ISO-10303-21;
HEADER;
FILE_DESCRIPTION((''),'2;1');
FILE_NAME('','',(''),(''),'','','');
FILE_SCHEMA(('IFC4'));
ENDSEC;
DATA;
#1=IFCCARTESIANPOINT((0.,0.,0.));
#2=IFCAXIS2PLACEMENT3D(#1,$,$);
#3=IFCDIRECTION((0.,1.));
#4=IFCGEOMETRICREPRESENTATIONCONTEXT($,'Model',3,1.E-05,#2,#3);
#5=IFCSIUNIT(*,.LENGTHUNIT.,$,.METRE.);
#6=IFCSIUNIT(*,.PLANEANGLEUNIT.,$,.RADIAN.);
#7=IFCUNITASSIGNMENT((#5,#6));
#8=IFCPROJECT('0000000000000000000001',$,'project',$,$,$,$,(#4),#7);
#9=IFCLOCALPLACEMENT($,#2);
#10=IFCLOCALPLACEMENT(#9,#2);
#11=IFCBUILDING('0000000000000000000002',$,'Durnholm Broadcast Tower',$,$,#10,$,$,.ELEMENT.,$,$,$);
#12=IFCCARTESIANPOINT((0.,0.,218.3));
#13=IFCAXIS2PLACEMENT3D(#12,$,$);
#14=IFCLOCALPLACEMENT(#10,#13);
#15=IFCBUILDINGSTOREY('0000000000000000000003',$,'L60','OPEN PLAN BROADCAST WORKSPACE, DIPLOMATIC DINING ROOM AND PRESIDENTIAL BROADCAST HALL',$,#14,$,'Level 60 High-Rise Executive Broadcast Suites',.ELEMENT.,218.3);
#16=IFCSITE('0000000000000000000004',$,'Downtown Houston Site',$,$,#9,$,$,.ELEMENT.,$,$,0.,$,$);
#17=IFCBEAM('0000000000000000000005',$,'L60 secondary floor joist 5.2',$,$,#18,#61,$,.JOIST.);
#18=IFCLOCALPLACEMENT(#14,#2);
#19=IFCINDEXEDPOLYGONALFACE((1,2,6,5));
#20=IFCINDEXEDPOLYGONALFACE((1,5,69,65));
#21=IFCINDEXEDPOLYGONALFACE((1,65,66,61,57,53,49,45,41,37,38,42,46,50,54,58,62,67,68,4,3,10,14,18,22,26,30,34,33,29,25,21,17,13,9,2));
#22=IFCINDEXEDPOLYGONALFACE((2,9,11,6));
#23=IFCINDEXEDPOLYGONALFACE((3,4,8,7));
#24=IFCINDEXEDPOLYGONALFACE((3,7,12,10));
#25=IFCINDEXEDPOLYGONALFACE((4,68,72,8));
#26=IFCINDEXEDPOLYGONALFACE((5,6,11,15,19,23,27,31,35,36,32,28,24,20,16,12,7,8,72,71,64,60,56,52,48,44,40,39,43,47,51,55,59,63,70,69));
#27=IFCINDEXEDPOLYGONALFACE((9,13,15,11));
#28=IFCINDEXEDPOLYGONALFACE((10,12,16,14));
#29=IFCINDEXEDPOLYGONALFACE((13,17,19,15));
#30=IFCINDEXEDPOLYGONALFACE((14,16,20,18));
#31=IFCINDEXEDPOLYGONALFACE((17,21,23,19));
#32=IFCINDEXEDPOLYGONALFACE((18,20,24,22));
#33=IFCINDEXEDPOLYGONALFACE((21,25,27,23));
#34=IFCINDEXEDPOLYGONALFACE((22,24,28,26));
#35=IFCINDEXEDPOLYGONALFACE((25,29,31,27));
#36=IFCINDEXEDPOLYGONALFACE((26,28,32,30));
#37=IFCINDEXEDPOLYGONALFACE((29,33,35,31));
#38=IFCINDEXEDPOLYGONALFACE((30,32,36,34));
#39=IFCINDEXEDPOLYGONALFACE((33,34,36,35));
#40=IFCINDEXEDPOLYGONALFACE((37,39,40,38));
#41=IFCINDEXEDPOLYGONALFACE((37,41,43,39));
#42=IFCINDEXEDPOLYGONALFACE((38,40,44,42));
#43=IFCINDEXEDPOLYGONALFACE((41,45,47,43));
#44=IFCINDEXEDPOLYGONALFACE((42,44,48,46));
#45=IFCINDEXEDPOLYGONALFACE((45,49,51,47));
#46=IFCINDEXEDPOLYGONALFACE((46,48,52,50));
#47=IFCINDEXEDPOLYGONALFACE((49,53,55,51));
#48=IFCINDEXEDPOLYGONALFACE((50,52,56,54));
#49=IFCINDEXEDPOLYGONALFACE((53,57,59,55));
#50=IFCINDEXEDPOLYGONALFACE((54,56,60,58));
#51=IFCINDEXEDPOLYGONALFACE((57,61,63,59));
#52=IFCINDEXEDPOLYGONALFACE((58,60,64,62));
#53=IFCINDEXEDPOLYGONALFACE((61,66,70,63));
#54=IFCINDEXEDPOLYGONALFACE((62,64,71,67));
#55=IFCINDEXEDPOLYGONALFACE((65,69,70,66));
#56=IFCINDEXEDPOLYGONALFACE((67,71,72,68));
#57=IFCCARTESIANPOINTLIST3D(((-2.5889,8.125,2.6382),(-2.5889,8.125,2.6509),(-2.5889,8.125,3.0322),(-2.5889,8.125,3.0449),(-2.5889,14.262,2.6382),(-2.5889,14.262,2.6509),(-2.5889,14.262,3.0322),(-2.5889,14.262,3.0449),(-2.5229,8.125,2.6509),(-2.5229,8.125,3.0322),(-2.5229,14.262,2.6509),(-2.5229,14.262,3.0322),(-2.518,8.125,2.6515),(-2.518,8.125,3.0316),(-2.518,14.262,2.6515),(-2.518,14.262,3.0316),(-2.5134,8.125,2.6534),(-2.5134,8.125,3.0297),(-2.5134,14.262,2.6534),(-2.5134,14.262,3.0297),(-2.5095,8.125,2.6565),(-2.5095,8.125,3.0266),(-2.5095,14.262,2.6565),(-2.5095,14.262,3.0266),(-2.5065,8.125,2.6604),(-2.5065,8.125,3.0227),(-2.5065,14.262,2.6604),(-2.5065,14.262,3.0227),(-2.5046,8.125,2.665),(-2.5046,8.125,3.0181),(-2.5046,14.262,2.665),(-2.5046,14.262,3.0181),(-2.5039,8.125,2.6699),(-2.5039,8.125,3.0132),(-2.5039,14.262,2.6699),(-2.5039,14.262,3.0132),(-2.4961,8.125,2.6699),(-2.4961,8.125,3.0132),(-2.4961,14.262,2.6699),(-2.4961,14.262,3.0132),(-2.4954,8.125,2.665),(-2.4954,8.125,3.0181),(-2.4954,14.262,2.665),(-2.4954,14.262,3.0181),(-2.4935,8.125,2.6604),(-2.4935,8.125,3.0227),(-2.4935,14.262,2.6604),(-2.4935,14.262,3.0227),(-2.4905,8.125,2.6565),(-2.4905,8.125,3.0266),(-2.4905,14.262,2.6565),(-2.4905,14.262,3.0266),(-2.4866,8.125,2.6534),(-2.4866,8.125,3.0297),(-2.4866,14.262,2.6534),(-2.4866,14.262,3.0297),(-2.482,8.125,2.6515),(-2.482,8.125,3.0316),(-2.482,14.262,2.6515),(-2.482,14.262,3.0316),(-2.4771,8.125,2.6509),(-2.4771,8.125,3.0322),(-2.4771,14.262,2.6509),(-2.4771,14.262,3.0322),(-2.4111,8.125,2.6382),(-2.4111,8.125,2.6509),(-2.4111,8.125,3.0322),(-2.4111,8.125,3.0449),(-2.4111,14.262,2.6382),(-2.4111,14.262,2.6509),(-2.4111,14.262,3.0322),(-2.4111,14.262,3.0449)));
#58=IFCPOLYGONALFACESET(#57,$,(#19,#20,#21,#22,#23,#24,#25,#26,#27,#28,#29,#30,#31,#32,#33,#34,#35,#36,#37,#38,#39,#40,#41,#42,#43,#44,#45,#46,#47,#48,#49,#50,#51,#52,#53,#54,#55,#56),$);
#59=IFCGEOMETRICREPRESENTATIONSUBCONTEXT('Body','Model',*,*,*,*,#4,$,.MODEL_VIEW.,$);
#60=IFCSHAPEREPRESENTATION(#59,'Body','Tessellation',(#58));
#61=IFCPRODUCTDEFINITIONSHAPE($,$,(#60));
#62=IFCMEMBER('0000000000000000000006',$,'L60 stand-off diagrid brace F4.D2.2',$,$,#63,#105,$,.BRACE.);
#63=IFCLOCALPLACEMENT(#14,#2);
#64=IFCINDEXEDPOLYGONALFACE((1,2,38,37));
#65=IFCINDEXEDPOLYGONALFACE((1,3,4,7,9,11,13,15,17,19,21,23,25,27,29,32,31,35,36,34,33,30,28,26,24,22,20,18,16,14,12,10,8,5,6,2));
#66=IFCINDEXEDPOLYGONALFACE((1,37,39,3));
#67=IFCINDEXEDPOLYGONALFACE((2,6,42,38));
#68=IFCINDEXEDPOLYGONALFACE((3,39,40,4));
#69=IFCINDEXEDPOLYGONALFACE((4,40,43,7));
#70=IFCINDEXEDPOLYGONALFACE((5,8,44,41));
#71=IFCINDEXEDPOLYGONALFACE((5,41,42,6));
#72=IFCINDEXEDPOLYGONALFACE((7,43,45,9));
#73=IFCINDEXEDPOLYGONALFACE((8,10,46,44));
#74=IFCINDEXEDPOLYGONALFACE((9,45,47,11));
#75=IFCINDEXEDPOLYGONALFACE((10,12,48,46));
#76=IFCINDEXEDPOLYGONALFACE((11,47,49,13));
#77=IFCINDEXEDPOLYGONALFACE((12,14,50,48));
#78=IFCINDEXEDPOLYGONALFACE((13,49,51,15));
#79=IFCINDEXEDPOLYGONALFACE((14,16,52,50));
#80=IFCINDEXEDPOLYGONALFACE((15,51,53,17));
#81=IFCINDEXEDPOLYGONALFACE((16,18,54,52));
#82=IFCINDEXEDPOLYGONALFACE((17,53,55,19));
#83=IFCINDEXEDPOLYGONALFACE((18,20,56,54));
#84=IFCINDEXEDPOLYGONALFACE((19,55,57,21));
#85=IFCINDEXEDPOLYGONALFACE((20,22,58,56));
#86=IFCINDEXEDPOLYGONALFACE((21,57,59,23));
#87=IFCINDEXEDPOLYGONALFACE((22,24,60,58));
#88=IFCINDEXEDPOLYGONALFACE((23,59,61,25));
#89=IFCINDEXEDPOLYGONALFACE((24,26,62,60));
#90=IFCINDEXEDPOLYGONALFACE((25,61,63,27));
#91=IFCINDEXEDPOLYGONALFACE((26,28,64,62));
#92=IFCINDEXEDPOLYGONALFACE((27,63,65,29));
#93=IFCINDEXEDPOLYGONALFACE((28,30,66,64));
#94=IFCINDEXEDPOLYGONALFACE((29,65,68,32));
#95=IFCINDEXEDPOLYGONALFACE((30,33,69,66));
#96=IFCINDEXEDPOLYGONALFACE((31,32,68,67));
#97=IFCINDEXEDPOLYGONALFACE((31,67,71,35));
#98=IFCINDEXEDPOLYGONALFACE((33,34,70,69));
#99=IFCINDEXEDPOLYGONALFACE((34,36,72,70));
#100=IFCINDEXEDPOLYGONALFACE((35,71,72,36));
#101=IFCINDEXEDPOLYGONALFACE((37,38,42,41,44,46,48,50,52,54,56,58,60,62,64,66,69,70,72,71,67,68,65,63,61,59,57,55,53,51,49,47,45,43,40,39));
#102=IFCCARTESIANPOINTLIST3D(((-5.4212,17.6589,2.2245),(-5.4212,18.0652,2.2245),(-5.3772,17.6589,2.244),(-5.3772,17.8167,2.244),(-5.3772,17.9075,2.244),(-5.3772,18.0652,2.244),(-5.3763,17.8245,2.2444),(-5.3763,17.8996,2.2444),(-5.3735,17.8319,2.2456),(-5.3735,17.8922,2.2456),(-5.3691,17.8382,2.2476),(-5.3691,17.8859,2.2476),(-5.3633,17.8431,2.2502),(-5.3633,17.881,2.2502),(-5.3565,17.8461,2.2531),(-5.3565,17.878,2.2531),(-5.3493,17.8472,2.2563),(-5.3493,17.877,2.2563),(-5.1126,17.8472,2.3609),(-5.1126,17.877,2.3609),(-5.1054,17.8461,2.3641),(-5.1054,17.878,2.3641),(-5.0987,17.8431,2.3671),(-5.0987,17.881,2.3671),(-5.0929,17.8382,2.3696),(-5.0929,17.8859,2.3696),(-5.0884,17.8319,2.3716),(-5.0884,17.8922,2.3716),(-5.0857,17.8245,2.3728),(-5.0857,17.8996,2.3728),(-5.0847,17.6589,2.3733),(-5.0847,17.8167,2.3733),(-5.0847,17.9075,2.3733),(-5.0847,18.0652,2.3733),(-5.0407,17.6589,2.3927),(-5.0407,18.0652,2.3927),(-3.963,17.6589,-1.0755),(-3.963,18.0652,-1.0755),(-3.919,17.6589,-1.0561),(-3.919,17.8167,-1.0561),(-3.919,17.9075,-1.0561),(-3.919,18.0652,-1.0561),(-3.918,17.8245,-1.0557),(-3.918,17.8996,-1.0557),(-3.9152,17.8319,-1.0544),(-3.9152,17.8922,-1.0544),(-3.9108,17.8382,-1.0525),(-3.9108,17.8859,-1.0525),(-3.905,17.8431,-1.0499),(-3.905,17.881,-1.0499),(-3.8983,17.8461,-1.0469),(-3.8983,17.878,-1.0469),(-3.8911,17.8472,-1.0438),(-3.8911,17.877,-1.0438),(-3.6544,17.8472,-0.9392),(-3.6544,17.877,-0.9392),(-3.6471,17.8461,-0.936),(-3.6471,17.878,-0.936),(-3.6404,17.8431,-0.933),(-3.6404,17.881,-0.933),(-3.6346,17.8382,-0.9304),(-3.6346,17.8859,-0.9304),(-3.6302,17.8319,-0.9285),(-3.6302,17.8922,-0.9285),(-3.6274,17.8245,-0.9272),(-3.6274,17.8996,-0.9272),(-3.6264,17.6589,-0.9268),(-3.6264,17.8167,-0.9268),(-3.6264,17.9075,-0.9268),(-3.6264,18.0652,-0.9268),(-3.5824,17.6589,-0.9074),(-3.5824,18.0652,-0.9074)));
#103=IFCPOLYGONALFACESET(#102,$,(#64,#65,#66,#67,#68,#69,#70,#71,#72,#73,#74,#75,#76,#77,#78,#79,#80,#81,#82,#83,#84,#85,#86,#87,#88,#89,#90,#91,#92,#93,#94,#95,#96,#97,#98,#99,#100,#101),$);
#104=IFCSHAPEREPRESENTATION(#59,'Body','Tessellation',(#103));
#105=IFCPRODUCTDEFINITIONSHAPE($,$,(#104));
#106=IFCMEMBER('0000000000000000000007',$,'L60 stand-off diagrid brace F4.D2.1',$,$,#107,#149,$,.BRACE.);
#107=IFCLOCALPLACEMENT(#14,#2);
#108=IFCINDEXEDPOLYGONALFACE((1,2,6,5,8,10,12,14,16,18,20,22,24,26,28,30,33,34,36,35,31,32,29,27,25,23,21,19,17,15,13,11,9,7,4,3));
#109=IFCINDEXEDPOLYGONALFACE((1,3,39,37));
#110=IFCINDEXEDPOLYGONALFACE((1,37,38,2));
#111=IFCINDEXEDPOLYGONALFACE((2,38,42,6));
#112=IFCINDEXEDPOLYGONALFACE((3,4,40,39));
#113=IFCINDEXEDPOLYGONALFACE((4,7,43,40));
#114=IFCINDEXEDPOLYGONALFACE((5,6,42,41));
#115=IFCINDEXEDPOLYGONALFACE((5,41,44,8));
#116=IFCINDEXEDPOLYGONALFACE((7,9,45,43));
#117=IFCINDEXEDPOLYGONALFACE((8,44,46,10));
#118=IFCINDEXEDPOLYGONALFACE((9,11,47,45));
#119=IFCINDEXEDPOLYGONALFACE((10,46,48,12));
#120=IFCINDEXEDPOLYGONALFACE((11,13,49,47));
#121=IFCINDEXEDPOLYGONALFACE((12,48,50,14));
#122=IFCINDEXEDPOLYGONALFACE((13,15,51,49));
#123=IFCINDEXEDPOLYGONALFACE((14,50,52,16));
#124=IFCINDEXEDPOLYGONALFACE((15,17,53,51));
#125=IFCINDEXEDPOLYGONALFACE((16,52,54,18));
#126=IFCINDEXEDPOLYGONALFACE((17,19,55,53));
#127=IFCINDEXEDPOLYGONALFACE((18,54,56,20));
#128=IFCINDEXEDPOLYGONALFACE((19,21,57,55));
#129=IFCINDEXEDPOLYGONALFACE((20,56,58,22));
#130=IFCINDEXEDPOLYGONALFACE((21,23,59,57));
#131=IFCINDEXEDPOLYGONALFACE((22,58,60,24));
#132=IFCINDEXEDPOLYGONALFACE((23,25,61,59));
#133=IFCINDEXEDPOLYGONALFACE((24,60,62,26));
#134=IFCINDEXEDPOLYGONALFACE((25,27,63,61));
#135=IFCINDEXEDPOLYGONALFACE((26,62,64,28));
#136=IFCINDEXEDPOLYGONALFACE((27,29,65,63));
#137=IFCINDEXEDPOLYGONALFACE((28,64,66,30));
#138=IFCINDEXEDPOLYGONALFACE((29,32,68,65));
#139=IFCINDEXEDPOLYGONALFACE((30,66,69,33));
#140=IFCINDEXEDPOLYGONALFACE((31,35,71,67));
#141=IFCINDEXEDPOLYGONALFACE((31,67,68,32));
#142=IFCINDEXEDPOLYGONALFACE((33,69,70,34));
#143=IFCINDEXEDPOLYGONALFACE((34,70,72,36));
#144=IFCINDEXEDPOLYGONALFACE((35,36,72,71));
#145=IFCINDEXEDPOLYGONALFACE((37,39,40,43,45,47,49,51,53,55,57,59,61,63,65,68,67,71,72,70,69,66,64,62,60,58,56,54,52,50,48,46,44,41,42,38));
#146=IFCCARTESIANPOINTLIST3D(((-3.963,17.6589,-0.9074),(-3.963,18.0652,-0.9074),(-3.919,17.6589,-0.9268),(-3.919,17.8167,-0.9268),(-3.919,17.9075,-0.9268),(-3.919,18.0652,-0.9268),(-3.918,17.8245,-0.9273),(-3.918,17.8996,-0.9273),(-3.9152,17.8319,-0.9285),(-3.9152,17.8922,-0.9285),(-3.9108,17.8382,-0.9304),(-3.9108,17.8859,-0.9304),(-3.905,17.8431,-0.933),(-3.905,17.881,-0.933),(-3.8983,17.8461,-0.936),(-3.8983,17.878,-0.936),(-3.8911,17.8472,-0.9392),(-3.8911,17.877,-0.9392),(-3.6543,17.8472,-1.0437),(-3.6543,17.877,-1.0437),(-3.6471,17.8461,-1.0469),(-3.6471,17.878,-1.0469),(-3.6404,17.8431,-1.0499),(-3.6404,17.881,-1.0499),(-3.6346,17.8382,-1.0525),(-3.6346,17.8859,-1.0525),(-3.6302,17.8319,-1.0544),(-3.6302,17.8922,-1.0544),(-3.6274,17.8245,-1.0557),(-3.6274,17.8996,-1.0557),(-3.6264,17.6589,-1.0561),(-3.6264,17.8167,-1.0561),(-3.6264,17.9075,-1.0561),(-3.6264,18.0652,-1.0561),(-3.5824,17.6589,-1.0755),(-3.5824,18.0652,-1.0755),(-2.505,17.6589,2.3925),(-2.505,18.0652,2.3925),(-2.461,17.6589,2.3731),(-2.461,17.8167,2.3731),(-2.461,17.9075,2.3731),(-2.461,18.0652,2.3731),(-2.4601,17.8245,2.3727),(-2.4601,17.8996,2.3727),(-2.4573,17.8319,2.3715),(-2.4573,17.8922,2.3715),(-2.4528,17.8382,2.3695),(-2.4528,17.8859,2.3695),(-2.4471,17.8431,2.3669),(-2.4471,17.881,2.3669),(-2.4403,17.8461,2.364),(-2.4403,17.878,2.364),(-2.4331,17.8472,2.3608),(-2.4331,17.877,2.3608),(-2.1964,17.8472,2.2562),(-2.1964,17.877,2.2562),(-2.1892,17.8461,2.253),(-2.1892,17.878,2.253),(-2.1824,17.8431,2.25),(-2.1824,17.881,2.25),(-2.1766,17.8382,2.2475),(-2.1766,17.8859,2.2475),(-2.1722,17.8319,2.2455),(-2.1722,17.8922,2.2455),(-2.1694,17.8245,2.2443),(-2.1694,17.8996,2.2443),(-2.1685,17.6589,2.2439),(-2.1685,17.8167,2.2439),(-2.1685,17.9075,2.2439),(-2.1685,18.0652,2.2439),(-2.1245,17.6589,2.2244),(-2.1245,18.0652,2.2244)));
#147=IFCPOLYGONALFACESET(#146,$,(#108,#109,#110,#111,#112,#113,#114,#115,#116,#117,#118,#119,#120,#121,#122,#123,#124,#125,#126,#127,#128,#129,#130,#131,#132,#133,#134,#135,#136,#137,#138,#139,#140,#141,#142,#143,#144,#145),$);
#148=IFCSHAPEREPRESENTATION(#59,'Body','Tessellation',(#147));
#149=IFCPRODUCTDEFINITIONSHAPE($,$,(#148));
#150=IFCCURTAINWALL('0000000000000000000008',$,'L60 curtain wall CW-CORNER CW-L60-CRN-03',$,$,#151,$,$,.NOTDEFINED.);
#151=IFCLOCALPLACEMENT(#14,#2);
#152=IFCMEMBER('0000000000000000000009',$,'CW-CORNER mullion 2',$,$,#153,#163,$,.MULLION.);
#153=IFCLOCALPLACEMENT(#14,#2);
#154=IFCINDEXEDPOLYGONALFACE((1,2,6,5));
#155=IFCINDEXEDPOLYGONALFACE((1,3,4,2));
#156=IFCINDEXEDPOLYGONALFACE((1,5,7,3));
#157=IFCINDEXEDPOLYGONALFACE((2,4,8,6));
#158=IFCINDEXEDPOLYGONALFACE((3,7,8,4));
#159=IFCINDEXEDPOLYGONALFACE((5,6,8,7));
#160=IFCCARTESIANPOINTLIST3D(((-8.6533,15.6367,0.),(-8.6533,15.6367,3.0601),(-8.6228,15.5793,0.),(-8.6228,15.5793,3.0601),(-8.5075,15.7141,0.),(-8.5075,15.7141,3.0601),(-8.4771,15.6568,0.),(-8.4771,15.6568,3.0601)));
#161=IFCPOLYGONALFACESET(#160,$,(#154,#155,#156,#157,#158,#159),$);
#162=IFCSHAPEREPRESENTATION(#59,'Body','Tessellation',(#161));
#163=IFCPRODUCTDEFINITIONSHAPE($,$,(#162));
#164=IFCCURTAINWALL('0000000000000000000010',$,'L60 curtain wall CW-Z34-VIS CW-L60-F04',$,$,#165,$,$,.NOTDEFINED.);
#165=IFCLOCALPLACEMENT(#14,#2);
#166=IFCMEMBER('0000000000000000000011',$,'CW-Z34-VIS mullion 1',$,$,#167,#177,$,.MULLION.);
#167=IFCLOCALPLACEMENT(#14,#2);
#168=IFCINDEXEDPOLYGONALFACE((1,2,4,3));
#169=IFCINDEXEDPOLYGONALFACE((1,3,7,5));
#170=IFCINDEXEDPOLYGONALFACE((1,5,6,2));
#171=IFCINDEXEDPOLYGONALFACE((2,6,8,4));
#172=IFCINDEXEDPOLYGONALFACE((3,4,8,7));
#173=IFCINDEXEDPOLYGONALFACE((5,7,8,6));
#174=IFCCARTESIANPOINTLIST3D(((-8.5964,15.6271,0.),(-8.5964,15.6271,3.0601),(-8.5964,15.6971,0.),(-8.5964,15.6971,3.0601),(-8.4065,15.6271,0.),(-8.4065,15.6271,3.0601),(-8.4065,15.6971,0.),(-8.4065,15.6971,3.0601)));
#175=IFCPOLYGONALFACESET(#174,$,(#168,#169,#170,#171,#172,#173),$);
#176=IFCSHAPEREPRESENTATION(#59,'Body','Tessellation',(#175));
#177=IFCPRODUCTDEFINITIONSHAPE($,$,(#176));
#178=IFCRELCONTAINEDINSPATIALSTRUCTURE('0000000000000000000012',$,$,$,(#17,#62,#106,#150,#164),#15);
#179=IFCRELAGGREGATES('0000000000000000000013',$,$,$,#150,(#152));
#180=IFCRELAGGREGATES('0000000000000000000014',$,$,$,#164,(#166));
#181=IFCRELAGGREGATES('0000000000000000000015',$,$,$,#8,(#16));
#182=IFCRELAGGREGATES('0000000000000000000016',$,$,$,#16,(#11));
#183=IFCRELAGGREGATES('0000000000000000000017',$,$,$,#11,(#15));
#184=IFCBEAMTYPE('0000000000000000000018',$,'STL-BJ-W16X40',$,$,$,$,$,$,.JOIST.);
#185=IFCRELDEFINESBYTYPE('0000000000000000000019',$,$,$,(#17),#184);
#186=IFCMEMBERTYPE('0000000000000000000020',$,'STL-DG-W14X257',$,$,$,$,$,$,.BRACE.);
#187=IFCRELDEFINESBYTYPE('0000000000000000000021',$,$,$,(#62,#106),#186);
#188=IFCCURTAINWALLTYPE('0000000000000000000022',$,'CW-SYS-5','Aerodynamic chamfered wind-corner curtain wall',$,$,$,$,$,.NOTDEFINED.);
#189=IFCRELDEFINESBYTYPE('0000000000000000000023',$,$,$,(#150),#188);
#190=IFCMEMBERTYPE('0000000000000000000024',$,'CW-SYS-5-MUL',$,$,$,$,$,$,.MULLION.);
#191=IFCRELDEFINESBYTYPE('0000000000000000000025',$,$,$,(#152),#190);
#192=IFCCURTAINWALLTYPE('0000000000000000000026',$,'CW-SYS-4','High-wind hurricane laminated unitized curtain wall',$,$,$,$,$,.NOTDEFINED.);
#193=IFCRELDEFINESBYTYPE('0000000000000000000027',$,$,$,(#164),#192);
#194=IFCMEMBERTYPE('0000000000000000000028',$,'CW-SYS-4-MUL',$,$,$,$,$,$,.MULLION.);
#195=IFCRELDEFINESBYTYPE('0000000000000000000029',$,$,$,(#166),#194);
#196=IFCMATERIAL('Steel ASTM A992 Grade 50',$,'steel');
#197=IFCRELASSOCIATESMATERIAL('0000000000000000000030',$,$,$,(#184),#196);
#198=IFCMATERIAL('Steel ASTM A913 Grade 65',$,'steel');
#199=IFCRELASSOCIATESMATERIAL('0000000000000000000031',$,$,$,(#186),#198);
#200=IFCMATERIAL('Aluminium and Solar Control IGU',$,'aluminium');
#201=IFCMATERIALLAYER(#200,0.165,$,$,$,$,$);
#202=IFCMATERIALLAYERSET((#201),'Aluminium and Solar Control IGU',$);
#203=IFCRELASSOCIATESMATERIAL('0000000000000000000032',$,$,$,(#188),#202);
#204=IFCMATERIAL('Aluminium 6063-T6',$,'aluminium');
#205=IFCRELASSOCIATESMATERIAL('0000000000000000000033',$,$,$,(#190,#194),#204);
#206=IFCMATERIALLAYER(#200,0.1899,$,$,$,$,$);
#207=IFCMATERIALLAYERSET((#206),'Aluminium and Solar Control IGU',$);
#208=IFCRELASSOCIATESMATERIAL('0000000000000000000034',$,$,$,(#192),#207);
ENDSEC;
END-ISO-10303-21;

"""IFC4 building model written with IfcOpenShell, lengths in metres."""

from ifc_helpers import new_model, si_unit, direction, frame, origin, origin_2d, place, context, subcontext, project, spatial, rectangle, i_section, extrude, source, transform, mapped, material, layer, layer_set, material_profile, profile_set, type_object, type_shapes, element, aggregate, save


model = new_model("IFC4")

# Units and contexts
model_context = context("Model", 3, precision=1e-05, world=origin(), true_north=direction((0.0, 1.0)))
body_context = subcontext(model_context, "Body", "Model", "MODEL_VIEW")
ifc_project = project(units=[si_unit("LENGTHUNIT", "METRE"), si_unit("PLANEANGLEUNIT", "RADIAN")], contexts=[model_context])

# Site, building, storey
site_placement = place(None, origin())
site = spatial("IfcSite", under=ifc_project, at=site_placement, Name="Downtown Houston Site", CompositionType="ELEMENT", RefElevation=0.0)
building_placement = place(site_placement, origin())
building = spatial("IfcBuilding", under=site, at=building_placement, Name="Durnholm Broadcast Tower", CompositionType="ELEMENT")
storey_placement = place(building_placement, frame((0.0, 0.0, 218.3)))
storey = spatial("IfcBuildingStorey", under=building, at=storey_placement, Name="L60", Description="OPEN PLAN BROADCAST WORKSPACE, DIPLOMATIC DINING ROOM AND PRESIDENTIAL BROADCAST HALL", LongName="Level 60 High-Rise Executive Broadcast Suites", CompositionType="ELEMENT", Elevation=218.3)

# Beam
ifc_material_1 = material(Name="Steel ASTM A992 Grade 50", Category="steel")
ifc_material_profile_1 = material_profile(ifc_material_1, i_section(OverallWidth=0.1777, OverallDepth=0.4067, WebThickness=0.0078, FlangeThickness=0.0127, FilletRadius=0.019, at=origin_2d()), Name="W16X40")
ifc_profile_set_1 = profile_set([ifc_material_profile_1], Name="Steel ASTM A992 Grade 50")
beam_type_1 = type_object("IfcBeamType", Name="STL-BJ-W16X40", PredefinedType="JOIST", material=ifc_profile_set_1)
shared_shape_1 = source(origin(), body_context, "Body", "SweptSolid", [
    extrude(i_section(OverallWidth=0.1777, OverallDepth=0.4067, WebThickness=0.0078, FlangeThickness=0.0127, FilletRadius=0.019, at=origin_2d()), origin(), (0.0, 0.0, 1.0), 6.137),
])
type_shapes(beam_type_1, [shared_shape_1])
beam_1_placement = place(storey_placement, frame((-2.5, 8.125, 2.8416), z_axis=(0.0, 1.0, 0.0), x_axis=(-1.0, 0.0, 0.0)))
element("IfcBeam", 1, at=beam_1_placement, inside=storey, type_object=beam_type_1, Name="L60 secondary floor joist 5.2", PredefinedType="JOIST", context=body_context, shape_type="MappedRepresentation", body=[
    mapped(shared_shape_1, transform((0.0, 0.0, 0.0), x_axis=(1.0, 0.0, 0.0), y_axis=(0.0, 1.0, 0.0), z_axis=(0.0, 0.0, 1.0), scale=1.0)),
])

# Members
ifc_material_2 = material(Name="Steel ASTM A913 Grade 65", Category="steel")
ifc_material_profile_2 = material_profile(ifc_material_2, i_section(OverallWidth=0.4062, OverallDepth=0.416, WebThickness=0.0298, FlangeThickness=0.0481, FilletRadius=0.0305, at=origin_2d()), Name="W14X257")
ifc_profile_set_2 = profile_set([ifc_material_profile_2], Name="Steel ASTM A913 Grade 65")
member_type_1 = type_object("IfcMemberType", Name="STL-DG-W14X257", PredefinedType="BRACE", material=ifc_profile_set_2)
shared_shape_2 = source(origin(), body_context, "Body", "SweptSolid", [
    extrude(i_section(OverallWidth=0.4062, OverallDepth=0.416, WebThickness=0.0298, FlangeThickness=0.0481, FilletRadius=0.0305, at=origin_2d()), origin(), (0.0, 0.0, 1.0), 3.6079),
])
member_1_placement = place(storey_placement, frame((-3.7727, 17.8621, -0.9915), z_axis=(-0.404185, 0.0, 0.914677), x_axis=(0.0, -1.0, 0.0)))
element("IfcMember", 2, at=member_1_placement, inside=storey, type_object=member_type_1, Name="L60 stand-off diagrid brace F4.D2.2", PredefinedType="BRACE", context=body_context, shape_type="MappedRepresentation", body=[
    mapped(shared_shape_2, transform((0.0, 0.0, 0.0), x_axis=(1.0, 0.0, 0.0), y_axis=(0.0, 1.0, 0.0), z_axis=(0.0, 0.0, 1.0), scale=1.0)),
])
shared_shape_3 = source(origin(), body_context, "Body", "SweptSolid", [
    extrude(i_section(OverallWidth=0.4062, OverallDepth=0.416, WebThickness=0.0298, FlangeThickness=0.0481, FilletRadius=0.0305, at=origin_2d()), origin(), (0.0, 0.0, 1.0), 3.6077),
])
type_shapes(member_type_1, [shared_shape_2, shared_shape_3])
member_2_placement = place(storey_placement, frame((-3.7727, 17.8621, -0.9915), z_axis=(0.404128, 0.0, 0.914702), x_axis=(0.0, 1.0, 0.0)))
element("IfcMember", 3, at=member_2_placement, inside=storey, type_object=member_type_1, Name="L60 stand-off diagrid brace F4.D2.1", PredefinedType="BRACE", context=body_context, shape_type="MappedRepresentation", body=[
    mapped(shared_shape_3, transform((0.0, 0.0, 0.0), x_axis=(1.0, 0.0, 0.0), y_axis=(0.0, 1.0, 0.0), z_axis=(0.0, 0.0, 1.0), scale=1.0)),
])

# Curtain wall, member
ifc_material_3 = material(Name="Aluminium and Solar Control IGU", Category="aluminium")
ifc_layer_1 = layer(ifc_material_3, 0.165)
ifc_layer_set_1 = layer_set([ifc_layer_1], Name="Aluminium and Solar Control IGU")
curtain_wall_type_1 = type_object("IfcCurtainWallType", Name="CW-SYS-5", Description="Aerodynamic chamfered wind-corner curtain wall", PredefinedType="NOTDEFINED", material=ifc_layer_set_1)
curtain_wall_1_placement = place(storey_placement, origin())
curtain_wall_1 = element("IfcCurtainWall", 4, at=curtain_wall_1_placement, inside=storey, type_object=curtain_wall_type_1, Name="L60 curtain wall CW-CORNER CW-L60-CRN-03", PredefinedType="NOTDEFINED")
ifc_material_4 = material(Name="Aluminium 6063-T6", Category="aluminium")
ifc_material_profile_3 = material_profile(ifc_material_4, rectangle(XDim=0.0649, YDim=0.165, at=origin_2d()), Name="CWM65X165")
ifc_profile_set_3 = profile_set([ifc_material_profile_3], Name="Aluminium 6063-T6")
member_type_2 = type_object("IfcMemberType", Name="CW-SYS-5-MUL", PredefinedType="MULLION", material=ifc_profile_set_3)
shared_shape_4 = source(origin(), body_context, "Body", "SweptSolid", [
    extrude(rectangle(XDim=0.0649, YDim=0.165, at=origin_2d()), origin(), (0.0, 0.0, 1.0), 3.0601),
])
type_shapes(member_type_2, [shared_shape_4])
member_3_placement = place(storey_placement, frame((-8.5652, 15.6467, 0.0), z_axis=(0.0, 0.0, 1.0), x_axis=(-0.469007, 0.883195, 0.0)))
member_3 = element("IfcMember", 5, at=member_3_placement, type_object=member_type_2, Name="CW-CORNER mullion 2", PredefinedType="MULLION", context=body_context, shape_type="MappedRepresentation", body=[
    mapped(shared_shape_4, transform((0.0, 0.0, 0.0), x_axis=(1.0, 0.0, 0.0), y_axis=(0.0, 1.0, 0.0), z_axis=(0.0, 0.0, 1.0), scale=1.0)),
])

# Curtain wall, member
ifc_layer_2 = layer(ifc_material_3, 0.1899)
ifc_layer_set_2 = layer_set([ifc_layer_2], Name="Aluminium and Solar Control IGU")
curtain_wall_type_2 = type_object("IfcCurtainWallType", Name="CW-SYS-4", Description="High-wind hurricane laminated unitized curtain wall", PredefinedType="NOTDEFINED", material=ifc_layer_set_2)
curtain_wall_2_placement = place(storey_placement, origin())
curtain_wall_2 = element("IfcCurtainWall", 6, at=curtain_wall_2_placement, inside=storey, type_object=curtain_wall_type_2, Name="L60 curtain wall CW-Z34-VIS CW-L60-F04", PredefinedType="NOTDEFINED")
ifc_material_profile_4 = material_profile(ifc_material_4, rectangle(XDim=0.0701, YDim=0.1899, at=origin_2d()), Name="CWM70X190")
ifc_profile_set_4 = profile_set([ifc_material_profile_4], Name="Aluminium 6063-T6")
member_type_3 = type_object("IfcMemberType", Name="CW-SYS-4-MUL", PredefinedType="MULLION", material=ifc_profile_set_4)
shared_shape_5 = source(origin(), body_context, "Body", "SweptSolid", [
    extrude(rectangle(XDim=0.0701, YDim=0.1899, at=origin_2d()), origin(), (0.0, 0.0, 1.0), 3.0601),
])
type_shapes(member_type_3, [shared_shape_5])
member_4_placement = place(storey_placement, frame((-8.5015, 15.6621, 0.0), z_axis=(0.0, 0.0, 1.0), x_axis=(0.0, 1.0, 0.0)))
member_4 = element("IfcMember", 7, at=member_4_placement, type_object=member_type_3, Name="CW-Z34-VIS mullion 1", PredefinedType="MULLION", context=body_context, shape_type="MappedRepresentation", body=[
    mapped(shared_shape_5, transform((0.0, 0.0, 0.0), x_axis=(1.0, 0.0, 0.0), y_axis=(0.0, 1.0, 0.0), z_axis=(0.0, 0.0, 1.0), scale=1.0)),
])

aggregate(curtain_wall_1, [member_3])
aggregate(curtain_wall_2, [member_4])

save(model, "model.ifc")
